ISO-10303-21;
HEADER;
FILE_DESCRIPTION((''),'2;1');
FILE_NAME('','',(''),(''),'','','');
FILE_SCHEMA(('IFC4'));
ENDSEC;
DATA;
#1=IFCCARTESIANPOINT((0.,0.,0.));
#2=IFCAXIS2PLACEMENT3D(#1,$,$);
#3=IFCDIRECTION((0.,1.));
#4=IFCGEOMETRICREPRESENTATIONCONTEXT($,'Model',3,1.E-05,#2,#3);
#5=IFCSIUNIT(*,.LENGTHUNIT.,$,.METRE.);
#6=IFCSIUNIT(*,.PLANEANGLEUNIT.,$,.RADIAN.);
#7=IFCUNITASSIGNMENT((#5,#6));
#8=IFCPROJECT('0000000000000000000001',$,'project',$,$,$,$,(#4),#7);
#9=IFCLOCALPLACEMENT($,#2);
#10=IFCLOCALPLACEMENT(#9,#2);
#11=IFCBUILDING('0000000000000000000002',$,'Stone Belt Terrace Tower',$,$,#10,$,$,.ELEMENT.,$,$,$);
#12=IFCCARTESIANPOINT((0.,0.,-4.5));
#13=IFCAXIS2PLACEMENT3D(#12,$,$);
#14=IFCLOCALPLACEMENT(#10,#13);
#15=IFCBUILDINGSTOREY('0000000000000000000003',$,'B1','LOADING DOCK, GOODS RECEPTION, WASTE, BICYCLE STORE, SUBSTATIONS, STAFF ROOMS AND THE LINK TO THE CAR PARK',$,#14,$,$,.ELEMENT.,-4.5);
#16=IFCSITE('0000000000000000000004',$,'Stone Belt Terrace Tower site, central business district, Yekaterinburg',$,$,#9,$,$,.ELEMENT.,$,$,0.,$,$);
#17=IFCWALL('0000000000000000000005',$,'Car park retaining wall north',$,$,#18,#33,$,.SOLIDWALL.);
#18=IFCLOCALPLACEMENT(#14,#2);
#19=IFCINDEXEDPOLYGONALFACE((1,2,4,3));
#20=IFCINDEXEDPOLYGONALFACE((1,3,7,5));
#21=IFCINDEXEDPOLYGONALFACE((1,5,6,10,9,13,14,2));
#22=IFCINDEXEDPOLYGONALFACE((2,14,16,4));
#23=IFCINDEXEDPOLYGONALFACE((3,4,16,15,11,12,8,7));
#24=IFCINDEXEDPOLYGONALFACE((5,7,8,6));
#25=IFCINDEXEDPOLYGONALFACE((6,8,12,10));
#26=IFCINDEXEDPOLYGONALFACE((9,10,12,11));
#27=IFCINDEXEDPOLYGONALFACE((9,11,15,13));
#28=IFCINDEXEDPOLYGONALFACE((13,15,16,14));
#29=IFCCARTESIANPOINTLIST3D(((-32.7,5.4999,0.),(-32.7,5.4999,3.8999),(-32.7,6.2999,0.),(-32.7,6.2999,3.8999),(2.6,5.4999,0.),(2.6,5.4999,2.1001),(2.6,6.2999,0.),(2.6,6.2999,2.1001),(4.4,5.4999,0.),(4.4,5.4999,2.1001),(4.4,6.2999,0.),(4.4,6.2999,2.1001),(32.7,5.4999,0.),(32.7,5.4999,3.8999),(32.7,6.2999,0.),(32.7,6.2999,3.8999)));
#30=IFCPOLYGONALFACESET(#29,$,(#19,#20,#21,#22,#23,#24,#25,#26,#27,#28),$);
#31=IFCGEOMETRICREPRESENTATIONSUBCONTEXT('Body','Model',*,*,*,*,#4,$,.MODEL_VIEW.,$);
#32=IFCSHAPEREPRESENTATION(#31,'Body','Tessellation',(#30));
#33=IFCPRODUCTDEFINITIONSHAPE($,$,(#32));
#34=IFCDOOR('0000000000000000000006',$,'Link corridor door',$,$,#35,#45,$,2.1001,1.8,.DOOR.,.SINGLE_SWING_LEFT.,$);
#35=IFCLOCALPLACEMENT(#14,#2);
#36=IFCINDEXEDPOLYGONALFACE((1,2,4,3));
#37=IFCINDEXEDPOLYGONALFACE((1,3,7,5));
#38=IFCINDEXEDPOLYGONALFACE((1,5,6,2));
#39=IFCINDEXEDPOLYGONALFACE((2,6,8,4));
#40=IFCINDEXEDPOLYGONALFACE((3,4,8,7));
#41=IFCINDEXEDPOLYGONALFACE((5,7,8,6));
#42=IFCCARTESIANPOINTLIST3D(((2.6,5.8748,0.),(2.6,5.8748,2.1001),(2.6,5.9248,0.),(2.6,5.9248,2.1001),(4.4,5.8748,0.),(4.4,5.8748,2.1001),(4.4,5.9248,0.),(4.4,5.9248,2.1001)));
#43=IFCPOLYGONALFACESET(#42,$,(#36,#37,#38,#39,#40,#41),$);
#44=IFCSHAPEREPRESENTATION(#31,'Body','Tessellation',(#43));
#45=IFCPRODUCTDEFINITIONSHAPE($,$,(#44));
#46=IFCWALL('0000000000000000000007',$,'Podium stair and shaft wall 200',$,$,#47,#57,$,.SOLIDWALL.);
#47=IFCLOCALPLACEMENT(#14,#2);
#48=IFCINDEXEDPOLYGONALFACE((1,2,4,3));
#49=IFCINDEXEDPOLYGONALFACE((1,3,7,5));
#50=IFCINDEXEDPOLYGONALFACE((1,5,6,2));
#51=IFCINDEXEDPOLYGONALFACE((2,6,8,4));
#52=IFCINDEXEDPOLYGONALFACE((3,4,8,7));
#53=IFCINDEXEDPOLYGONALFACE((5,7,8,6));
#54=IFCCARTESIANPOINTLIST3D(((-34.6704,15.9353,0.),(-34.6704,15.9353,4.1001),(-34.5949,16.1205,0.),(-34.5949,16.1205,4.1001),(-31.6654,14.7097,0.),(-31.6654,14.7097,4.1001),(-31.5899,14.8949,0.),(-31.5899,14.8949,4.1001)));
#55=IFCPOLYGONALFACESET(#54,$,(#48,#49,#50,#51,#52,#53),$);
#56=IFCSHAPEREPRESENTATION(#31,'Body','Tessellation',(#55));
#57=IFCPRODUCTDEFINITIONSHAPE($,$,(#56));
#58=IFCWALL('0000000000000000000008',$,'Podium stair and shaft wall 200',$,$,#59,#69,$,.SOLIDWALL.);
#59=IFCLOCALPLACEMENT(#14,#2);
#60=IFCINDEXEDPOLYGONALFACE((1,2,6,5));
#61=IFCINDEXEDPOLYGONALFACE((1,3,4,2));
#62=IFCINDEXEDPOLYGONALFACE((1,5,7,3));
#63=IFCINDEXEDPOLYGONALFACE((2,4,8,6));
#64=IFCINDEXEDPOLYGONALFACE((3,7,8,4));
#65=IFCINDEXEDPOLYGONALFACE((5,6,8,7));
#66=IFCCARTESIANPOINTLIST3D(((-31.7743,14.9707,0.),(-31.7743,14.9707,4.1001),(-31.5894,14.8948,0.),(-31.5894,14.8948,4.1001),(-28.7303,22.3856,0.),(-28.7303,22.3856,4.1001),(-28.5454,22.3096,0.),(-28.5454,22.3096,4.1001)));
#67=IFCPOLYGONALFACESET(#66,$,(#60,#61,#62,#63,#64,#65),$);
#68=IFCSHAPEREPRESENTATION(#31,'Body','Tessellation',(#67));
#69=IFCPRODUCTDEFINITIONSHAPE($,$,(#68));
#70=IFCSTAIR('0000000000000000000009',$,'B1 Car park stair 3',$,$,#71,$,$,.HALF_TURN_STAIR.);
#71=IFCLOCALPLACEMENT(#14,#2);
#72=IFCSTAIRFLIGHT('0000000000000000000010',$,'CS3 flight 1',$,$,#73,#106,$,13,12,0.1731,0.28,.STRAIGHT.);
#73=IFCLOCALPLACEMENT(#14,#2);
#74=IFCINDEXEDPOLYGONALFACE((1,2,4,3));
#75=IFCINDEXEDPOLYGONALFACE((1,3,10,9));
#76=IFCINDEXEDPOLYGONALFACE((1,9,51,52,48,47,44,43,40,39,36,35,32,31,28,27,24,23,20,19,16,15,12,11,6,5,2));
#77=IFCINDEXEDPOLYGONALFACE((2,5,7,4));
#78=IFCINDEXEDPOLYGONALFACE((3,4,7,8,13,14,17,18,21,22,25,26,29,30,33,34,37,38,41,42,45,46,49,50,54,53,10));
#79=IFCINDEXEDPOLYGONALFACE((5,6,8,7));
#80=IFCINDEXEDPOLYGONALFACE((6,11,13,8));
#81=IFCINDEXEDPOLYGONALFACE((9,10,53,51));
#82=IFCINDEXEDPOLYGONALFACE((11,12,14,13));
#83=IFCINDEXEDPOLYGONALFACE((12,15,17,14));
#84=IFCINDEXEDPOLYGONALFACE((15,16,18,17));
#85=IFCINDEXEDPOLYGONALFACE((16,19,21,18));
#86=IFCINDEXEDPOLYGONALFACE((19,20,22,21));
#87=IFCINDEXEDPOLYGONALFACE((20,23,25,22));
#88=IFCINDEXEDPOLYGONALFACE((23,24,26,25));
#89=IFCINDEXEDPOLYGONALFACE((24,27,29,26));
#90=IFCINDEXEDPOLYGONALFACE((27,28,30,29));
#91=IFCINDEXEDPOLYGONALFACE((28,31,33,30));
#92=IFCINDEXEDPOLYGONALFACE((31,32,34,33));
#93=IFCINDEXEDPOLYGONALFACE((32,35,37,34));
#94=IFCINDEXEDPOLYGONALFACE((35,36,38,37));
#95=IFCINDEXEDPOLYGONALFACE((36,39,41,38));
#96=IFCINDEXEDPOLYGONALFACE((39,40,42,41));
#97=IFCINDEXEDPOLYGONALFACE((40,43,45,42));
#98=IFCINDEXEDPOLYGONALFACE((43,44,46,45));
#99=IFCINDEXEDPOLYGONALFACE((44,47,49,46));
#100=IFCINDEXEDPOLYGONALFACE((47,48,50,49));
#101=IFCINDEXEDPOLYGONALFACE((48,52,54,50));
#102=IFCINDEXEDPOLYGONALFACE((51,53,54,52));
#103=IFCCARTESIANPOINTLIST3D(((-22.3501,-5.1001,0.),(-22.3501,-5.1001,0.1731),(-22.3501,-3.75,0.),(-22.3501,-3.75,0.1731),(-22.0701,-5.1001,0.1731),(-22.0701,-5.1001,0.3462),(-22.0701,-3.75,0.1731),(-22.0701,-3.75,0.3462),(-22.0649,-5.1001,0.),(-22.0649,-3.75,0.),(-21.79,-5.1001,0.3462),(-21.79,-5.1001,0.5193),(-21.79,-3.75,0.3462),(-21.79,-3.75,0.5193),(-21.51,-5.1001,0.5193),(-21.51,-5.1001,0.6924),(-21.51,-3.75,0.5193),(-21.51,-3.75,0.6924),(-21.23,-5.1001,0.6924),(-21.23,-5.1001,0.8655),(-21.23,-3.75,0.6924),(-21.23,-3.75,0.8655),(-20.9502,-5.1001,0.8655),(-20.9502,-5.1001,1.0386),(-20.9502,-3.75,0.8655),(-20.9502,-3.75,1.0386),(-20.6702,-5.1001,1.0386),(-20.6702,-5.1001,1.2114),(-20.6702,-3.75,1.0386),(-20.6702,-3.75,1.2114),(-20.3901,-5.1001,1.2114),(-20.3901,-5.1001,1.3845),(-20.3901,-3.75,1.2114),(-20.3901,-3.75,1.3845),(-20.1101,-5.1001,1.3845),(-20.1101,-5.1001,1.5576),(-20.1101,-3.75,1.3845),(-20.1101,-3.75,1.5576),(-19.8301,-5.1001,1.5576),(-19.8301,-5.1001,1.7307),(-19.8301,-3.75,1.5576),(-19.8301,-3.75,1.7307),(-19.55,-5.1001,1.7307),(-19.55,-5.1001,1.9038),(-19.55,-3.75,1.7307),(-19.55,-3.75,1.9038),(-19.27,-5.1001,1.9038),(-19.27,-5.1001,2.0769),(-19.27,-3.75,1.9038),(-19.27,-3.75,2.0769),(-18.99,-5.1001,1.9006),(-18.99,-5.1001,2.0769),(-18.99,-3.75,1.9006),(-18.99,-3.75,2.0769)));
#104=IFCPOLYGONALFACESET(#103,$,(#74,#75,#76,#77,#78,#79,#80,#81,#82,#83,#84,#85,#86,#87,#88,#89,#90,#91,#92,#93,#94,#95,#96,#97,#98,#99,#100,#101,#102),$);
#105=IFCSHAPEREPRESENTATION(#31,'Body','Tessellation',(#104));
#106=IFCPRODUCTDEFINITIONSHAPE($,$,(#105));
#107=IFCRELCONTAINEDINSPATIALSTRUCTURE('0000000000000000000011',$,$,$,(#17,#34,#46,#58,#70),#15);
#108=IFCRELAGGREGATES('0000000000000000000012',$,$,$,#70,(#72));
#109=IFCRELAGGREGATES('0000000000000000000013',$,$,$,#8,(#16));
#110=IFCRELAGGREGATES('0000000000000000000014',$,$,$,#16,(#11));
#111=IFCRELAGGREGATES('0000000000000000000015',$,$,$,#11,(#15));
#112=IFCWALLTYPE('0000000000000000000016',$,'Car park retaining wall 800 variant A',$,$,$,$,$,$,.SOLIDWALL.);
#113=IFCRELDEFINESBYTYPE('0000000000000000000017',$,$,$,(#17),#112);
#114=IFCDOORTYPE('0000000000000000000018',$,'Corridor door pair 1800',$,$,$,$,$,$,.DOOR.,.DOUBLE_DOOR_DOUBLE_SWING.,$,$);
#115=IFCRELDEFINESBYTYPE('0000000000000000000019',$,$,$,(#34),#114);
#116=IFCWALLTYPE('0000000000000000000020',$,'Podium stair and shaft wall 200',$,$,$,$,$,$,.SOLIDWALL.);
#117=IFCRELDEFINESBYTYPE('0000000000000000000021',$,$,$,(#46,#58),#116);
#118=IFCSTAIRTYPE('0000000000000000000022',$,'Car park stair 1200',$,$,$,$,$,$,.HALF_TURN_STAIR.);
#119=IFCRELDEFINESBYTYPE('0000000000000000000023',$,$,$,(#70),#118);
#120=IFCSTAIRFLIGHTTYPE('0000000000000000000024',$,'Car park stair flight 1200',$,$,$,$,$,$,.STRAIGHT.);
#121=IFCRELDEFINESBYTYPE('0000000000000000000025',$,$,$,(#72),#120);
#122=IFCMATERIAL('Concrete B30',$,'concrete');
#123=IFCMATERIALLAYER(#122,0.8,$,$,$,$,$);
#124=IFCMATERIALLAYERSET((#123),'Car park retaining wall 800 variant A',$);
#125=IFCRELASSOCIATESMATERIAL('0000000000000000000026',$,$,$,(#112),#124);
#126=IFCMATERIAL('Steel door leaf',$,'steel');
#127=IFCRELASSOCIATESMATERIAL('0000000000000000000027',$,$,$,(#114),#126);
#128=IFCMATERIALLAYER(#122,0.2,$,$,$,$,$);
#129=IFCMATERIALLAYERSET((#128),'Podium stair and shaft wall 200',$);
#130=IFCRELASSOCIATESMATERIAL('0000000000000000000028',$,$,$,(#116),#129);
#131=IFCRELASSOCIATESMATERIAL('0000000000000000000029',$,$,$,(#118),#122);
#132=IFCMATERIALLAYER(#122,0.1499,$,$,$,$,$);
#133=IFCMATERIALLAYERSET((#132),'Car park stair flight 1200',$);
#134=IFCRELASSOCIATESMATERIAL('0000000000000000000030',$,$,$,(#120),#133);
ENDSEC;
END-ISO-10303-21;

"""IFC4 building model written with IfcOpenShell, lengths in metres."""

from ifc_helpers import new_model, si_unit, direction, frame, frame_2d, origin, place, context, subcontext, project, spatial, polyline, rectangle, outline, extrude, material, layer, layer_set, type_object, element, fill, aggregate, save


model = new_model("IFC4")

# Units and contexts
model_context = context("Model", 3, precision=1e-05, world=origin(), true_north=direction((0.0, 1.0)))
body_context = subcontext(model_context, "Body", "Model", "MODEL_VIEW")
ifc_project = project(units=[si_unit("LENGTHUNIT", "METRE"), si_unit("PLANEANGLEUNIT", "RADIAN")], contexts=[model_context])

# Site, building, storey
site_placement = place(None, origin())
site = spatial("IfcSite", under=ifc_project, at=site_placement, Name="Stone Belt Terrace Tower site, central business district, Yekaterinburg", CompositionType="ELEMENT", RefElevation=0.0)
building_placement = place(site_placement, origin())
building = spatial("IfcBuilding", under=site, at=building_placement, Name="Stone Belt Terrace Tower", CompositionType="ELEMENT")
storey_placement = place(building_placement, frame((0.0, 0.0, -4.5)))
storey = spatial("IfcBuildingStorey", under=building, at=storey_placement, Name="B1", Description="LOADING DOCK, GOODS RECEPTION, WASTE, BICYCLE STORE, SUBSTATIONS, STAFF ROOMS AND THE LINK TO THE CAR PARK", CompositionType="ELEMENT", Elevation=-4.5)

# Shared definitions
ifc_material_1 = material(Name="Concrete B30", Category="concrete")
ifc_material_2 = material(Name="Steel door leaf", Category="steel")

# Wall, opening, door
ifc_layer_1 = layer(ifc_material_1, 0.8)
ifc_layer_set_1 = layer_set([ifc_layer_1], Name="Car park retaining wall 800 variant A")
wall_type_1 = type_object("IfcWallType", Name="Car park retaining wall 800 variant A", PredefinedType="SOLIDWALL", material=ifc_layer_set_1)
wall_1_placement = place(storey_placement, frame((-32.7, 5.8999, 0.0), z_axis=(0.0, 0.0, 1.0), x_axis=(1.0, 0.0, 0.0)))
wall_1 = element("IfcWall", 1, at=wall_1_placement, inside=storey, type_object=wall_type_1, Name="Car park retaining wall north", PredefinedType="SOLIDWALL", context=body_context, shape_type="SweptSolid", body=[
    extrude(rectangle(XDim=65.3999, YDim=0.8, at=frame_2d((32.7, 0.0))), origin(), (0.0, 0.0, 1.0), 3.8999),
])
opening_1_placement = place(wall_1_placement, frame((35.3, 0.0, 0.0)))
opening_1 = element("IfcOpeningElement", 2, at=opening_1_placement, cuts=wall_1, PredefinedType="OPENING", context=body_context, shape_type="SweptSolid", body=[
    extrude(rectangle(XDim=1.8, YDim=2.1001, at=frame_2d((0.8999, 1.05))), frame((0.0, 0.4099, 0.0), z_axis=(0.0, -1.0, 0.0), x_axis=(1.0, 0.0, 0.0)), (0.0, 0.0, 1.0), 0.8201),
])
door_type_1 = type_object("IfcDoorType", Name="Corridor door pair 1800", OperationType="DOUBLE_DOOR_DOUBLE_SWING", PredefinedType="DOOR", material=ifc_material_2)
door_1_placement = place(opening_1_placement, origin())
door_1 = element("IfcDoor", 3, at=door_1_placement, inside=storey, type_object=door_type_1, Name="Link corridor door", OperationType="SINGLE_SWING_LEFT", OverallHeight=2.1001, OverallWidth=1.8, PredefinedType="DOOR", context=body_context, shape_type="SweptSolid", body=[
    extrude(rectangle(XDim=1.8, YDim=2.1001, at=frame_2d((0.8999, 1.05))), frame((0.0, 0.0249, 0.0), z_axis=(0.0, -1.0, 0.0), x_axis=(1.0, 0.0, 0.0)), (0.0, 0.0, 1.0), 0.05),
])
fill(opening_1, door_1)

# Walls
ifc_layer_2 = layer(ifc_material_1, 0.2)
ifc_layer_set_2 = layer_set([ifc_layer_2], Name="Podium stair and shaft wall 200")
wall_type_2 = type_object("IfcWallType", Name="Podium stair and shaft wall 200", PredefinedType="SOLIDWALL", material=ifc_layer_set_2)
wall_2_placement = place(storey_placement, frame((-34.6326, 16.0278, 0.0), z_axis=(0.0, 0.0, 1.0), x_axis=(0.925955, -0.377634, 0.0)))
element("IfcWall", 4, at=wall_2_placement, inside=storey, type_object=wall_type_2, Name="Podium stair and shaft wall 200", PredefinedType="SOLIDWALL", context=body_context, shape_type="SweptSolid", body=[
    extrude(rectangle(XDim=3.2454, YDim=0.2, at=frame_2d((1.6226, 0.0))), origin(), (0.0, 0.0, 1.0), 4.1001),
])
wall_3_placement = place(storey_placement, frame((-31.6819, 14.9326, 0.0), z_axis=(0.0, 0.0, 1.0), x_axis=(0.379768, 0.925082, 0.0)))
element("IfcWall", 5, at=wall_3_placement, inside=storey, type_object=wall_type_2, Name="Podium stair and shaft wall 200", PredefinedType="SOLIDWALL", context=body_context, shape_type="SweptSolid", body=[
    extrude(rectangle(XDim=8.0154, YDim=0.2, at=frame_2d((4.0078, 0.0))), origin(), (0.0, 0.0, 1.0), 4.1001),
])

# Stair, stair flight
stair_type = type_object("IfcStairType", Name="Car park stair 1200", PredefinedType="HALF_TURN_STAIR", material=ifc_material_1)
stair_placement = place(storey_placement, origin())
stair = element("IfcStair", 6, at=stair_placement, inside=storey, type_object=stair_type, Name="B1 Car park stair 3", PredefinedType="HALF_TURN_STAIR")
ifc_layer_3 = layer(ifc_material_1, 0.1499)
ifc_layer_set_3 = layer_set([ifc_layer_3], Name="Car park stair flight 1200")
stair_flight_type = type_object("IfcStairFlightType", Name="Car park stair flight 1200", PredefinedType="STRAIGHT", material=ifc_layer_set_3)
stair_flight_placement = place(storey_placement, frame((-22.3501, -4.425, 0.0), z_axis=(0.0, 0.0, 1.0), x_axis=(1.0, 0.0, 0.0)))
stair_flight = element("IfcStairFlight", 7, at=stair_flight_placement, type_object=stair_flight_type, Name="CS3 flight 1", NumberOfRisers=13, NumberOfTreads=12, PredefinedType="STRAIGHT", RiserHeight=0.1731, TreadLength=0.28, context=body_context, shape_type="SweptSolid", body=[
    extrude(outline(polyline([(0.0, 0.0), (0.0, 0.1731), (0.28, 0.1731), (0.28, 0.3462), (0.5601, 0.3462), (0.5601, 0.5193), (0.8401, 0.5193), (0.8401, 0.6924), (1.1201, 0.6924), (1.1201, 0.8655), (1.3999, 0.8655), (1.3999, 1.0386), (1.6799, 1.0386), (1.6799, 1.2114), (1.96, 1.2114), (1.96, 1.3845), (2.24, 1.3845), (2.24, 1.5576), (2.52, 1.5576), (2.52, 1.7307), (2.8, 1.7307), (2.8, 1.9038), (3.0801, 1.9038), (3.0801, 2.0769), (3.3601, 2.0769), (3.3601, 2.25), (3.3601, 1.9006), (0.2852, 0.0), (0.0, 0.0)])), frame((0.0, 0.675, 0.0), z_axis=(0.0, -1.0, 0.0), x_axis=(1.0, 0.0, 0.0)), (0.0, 0.0, 1.0), 1.3501),
])
aggregate(stair, [stair_flight])

save(model, "model.ifc")
